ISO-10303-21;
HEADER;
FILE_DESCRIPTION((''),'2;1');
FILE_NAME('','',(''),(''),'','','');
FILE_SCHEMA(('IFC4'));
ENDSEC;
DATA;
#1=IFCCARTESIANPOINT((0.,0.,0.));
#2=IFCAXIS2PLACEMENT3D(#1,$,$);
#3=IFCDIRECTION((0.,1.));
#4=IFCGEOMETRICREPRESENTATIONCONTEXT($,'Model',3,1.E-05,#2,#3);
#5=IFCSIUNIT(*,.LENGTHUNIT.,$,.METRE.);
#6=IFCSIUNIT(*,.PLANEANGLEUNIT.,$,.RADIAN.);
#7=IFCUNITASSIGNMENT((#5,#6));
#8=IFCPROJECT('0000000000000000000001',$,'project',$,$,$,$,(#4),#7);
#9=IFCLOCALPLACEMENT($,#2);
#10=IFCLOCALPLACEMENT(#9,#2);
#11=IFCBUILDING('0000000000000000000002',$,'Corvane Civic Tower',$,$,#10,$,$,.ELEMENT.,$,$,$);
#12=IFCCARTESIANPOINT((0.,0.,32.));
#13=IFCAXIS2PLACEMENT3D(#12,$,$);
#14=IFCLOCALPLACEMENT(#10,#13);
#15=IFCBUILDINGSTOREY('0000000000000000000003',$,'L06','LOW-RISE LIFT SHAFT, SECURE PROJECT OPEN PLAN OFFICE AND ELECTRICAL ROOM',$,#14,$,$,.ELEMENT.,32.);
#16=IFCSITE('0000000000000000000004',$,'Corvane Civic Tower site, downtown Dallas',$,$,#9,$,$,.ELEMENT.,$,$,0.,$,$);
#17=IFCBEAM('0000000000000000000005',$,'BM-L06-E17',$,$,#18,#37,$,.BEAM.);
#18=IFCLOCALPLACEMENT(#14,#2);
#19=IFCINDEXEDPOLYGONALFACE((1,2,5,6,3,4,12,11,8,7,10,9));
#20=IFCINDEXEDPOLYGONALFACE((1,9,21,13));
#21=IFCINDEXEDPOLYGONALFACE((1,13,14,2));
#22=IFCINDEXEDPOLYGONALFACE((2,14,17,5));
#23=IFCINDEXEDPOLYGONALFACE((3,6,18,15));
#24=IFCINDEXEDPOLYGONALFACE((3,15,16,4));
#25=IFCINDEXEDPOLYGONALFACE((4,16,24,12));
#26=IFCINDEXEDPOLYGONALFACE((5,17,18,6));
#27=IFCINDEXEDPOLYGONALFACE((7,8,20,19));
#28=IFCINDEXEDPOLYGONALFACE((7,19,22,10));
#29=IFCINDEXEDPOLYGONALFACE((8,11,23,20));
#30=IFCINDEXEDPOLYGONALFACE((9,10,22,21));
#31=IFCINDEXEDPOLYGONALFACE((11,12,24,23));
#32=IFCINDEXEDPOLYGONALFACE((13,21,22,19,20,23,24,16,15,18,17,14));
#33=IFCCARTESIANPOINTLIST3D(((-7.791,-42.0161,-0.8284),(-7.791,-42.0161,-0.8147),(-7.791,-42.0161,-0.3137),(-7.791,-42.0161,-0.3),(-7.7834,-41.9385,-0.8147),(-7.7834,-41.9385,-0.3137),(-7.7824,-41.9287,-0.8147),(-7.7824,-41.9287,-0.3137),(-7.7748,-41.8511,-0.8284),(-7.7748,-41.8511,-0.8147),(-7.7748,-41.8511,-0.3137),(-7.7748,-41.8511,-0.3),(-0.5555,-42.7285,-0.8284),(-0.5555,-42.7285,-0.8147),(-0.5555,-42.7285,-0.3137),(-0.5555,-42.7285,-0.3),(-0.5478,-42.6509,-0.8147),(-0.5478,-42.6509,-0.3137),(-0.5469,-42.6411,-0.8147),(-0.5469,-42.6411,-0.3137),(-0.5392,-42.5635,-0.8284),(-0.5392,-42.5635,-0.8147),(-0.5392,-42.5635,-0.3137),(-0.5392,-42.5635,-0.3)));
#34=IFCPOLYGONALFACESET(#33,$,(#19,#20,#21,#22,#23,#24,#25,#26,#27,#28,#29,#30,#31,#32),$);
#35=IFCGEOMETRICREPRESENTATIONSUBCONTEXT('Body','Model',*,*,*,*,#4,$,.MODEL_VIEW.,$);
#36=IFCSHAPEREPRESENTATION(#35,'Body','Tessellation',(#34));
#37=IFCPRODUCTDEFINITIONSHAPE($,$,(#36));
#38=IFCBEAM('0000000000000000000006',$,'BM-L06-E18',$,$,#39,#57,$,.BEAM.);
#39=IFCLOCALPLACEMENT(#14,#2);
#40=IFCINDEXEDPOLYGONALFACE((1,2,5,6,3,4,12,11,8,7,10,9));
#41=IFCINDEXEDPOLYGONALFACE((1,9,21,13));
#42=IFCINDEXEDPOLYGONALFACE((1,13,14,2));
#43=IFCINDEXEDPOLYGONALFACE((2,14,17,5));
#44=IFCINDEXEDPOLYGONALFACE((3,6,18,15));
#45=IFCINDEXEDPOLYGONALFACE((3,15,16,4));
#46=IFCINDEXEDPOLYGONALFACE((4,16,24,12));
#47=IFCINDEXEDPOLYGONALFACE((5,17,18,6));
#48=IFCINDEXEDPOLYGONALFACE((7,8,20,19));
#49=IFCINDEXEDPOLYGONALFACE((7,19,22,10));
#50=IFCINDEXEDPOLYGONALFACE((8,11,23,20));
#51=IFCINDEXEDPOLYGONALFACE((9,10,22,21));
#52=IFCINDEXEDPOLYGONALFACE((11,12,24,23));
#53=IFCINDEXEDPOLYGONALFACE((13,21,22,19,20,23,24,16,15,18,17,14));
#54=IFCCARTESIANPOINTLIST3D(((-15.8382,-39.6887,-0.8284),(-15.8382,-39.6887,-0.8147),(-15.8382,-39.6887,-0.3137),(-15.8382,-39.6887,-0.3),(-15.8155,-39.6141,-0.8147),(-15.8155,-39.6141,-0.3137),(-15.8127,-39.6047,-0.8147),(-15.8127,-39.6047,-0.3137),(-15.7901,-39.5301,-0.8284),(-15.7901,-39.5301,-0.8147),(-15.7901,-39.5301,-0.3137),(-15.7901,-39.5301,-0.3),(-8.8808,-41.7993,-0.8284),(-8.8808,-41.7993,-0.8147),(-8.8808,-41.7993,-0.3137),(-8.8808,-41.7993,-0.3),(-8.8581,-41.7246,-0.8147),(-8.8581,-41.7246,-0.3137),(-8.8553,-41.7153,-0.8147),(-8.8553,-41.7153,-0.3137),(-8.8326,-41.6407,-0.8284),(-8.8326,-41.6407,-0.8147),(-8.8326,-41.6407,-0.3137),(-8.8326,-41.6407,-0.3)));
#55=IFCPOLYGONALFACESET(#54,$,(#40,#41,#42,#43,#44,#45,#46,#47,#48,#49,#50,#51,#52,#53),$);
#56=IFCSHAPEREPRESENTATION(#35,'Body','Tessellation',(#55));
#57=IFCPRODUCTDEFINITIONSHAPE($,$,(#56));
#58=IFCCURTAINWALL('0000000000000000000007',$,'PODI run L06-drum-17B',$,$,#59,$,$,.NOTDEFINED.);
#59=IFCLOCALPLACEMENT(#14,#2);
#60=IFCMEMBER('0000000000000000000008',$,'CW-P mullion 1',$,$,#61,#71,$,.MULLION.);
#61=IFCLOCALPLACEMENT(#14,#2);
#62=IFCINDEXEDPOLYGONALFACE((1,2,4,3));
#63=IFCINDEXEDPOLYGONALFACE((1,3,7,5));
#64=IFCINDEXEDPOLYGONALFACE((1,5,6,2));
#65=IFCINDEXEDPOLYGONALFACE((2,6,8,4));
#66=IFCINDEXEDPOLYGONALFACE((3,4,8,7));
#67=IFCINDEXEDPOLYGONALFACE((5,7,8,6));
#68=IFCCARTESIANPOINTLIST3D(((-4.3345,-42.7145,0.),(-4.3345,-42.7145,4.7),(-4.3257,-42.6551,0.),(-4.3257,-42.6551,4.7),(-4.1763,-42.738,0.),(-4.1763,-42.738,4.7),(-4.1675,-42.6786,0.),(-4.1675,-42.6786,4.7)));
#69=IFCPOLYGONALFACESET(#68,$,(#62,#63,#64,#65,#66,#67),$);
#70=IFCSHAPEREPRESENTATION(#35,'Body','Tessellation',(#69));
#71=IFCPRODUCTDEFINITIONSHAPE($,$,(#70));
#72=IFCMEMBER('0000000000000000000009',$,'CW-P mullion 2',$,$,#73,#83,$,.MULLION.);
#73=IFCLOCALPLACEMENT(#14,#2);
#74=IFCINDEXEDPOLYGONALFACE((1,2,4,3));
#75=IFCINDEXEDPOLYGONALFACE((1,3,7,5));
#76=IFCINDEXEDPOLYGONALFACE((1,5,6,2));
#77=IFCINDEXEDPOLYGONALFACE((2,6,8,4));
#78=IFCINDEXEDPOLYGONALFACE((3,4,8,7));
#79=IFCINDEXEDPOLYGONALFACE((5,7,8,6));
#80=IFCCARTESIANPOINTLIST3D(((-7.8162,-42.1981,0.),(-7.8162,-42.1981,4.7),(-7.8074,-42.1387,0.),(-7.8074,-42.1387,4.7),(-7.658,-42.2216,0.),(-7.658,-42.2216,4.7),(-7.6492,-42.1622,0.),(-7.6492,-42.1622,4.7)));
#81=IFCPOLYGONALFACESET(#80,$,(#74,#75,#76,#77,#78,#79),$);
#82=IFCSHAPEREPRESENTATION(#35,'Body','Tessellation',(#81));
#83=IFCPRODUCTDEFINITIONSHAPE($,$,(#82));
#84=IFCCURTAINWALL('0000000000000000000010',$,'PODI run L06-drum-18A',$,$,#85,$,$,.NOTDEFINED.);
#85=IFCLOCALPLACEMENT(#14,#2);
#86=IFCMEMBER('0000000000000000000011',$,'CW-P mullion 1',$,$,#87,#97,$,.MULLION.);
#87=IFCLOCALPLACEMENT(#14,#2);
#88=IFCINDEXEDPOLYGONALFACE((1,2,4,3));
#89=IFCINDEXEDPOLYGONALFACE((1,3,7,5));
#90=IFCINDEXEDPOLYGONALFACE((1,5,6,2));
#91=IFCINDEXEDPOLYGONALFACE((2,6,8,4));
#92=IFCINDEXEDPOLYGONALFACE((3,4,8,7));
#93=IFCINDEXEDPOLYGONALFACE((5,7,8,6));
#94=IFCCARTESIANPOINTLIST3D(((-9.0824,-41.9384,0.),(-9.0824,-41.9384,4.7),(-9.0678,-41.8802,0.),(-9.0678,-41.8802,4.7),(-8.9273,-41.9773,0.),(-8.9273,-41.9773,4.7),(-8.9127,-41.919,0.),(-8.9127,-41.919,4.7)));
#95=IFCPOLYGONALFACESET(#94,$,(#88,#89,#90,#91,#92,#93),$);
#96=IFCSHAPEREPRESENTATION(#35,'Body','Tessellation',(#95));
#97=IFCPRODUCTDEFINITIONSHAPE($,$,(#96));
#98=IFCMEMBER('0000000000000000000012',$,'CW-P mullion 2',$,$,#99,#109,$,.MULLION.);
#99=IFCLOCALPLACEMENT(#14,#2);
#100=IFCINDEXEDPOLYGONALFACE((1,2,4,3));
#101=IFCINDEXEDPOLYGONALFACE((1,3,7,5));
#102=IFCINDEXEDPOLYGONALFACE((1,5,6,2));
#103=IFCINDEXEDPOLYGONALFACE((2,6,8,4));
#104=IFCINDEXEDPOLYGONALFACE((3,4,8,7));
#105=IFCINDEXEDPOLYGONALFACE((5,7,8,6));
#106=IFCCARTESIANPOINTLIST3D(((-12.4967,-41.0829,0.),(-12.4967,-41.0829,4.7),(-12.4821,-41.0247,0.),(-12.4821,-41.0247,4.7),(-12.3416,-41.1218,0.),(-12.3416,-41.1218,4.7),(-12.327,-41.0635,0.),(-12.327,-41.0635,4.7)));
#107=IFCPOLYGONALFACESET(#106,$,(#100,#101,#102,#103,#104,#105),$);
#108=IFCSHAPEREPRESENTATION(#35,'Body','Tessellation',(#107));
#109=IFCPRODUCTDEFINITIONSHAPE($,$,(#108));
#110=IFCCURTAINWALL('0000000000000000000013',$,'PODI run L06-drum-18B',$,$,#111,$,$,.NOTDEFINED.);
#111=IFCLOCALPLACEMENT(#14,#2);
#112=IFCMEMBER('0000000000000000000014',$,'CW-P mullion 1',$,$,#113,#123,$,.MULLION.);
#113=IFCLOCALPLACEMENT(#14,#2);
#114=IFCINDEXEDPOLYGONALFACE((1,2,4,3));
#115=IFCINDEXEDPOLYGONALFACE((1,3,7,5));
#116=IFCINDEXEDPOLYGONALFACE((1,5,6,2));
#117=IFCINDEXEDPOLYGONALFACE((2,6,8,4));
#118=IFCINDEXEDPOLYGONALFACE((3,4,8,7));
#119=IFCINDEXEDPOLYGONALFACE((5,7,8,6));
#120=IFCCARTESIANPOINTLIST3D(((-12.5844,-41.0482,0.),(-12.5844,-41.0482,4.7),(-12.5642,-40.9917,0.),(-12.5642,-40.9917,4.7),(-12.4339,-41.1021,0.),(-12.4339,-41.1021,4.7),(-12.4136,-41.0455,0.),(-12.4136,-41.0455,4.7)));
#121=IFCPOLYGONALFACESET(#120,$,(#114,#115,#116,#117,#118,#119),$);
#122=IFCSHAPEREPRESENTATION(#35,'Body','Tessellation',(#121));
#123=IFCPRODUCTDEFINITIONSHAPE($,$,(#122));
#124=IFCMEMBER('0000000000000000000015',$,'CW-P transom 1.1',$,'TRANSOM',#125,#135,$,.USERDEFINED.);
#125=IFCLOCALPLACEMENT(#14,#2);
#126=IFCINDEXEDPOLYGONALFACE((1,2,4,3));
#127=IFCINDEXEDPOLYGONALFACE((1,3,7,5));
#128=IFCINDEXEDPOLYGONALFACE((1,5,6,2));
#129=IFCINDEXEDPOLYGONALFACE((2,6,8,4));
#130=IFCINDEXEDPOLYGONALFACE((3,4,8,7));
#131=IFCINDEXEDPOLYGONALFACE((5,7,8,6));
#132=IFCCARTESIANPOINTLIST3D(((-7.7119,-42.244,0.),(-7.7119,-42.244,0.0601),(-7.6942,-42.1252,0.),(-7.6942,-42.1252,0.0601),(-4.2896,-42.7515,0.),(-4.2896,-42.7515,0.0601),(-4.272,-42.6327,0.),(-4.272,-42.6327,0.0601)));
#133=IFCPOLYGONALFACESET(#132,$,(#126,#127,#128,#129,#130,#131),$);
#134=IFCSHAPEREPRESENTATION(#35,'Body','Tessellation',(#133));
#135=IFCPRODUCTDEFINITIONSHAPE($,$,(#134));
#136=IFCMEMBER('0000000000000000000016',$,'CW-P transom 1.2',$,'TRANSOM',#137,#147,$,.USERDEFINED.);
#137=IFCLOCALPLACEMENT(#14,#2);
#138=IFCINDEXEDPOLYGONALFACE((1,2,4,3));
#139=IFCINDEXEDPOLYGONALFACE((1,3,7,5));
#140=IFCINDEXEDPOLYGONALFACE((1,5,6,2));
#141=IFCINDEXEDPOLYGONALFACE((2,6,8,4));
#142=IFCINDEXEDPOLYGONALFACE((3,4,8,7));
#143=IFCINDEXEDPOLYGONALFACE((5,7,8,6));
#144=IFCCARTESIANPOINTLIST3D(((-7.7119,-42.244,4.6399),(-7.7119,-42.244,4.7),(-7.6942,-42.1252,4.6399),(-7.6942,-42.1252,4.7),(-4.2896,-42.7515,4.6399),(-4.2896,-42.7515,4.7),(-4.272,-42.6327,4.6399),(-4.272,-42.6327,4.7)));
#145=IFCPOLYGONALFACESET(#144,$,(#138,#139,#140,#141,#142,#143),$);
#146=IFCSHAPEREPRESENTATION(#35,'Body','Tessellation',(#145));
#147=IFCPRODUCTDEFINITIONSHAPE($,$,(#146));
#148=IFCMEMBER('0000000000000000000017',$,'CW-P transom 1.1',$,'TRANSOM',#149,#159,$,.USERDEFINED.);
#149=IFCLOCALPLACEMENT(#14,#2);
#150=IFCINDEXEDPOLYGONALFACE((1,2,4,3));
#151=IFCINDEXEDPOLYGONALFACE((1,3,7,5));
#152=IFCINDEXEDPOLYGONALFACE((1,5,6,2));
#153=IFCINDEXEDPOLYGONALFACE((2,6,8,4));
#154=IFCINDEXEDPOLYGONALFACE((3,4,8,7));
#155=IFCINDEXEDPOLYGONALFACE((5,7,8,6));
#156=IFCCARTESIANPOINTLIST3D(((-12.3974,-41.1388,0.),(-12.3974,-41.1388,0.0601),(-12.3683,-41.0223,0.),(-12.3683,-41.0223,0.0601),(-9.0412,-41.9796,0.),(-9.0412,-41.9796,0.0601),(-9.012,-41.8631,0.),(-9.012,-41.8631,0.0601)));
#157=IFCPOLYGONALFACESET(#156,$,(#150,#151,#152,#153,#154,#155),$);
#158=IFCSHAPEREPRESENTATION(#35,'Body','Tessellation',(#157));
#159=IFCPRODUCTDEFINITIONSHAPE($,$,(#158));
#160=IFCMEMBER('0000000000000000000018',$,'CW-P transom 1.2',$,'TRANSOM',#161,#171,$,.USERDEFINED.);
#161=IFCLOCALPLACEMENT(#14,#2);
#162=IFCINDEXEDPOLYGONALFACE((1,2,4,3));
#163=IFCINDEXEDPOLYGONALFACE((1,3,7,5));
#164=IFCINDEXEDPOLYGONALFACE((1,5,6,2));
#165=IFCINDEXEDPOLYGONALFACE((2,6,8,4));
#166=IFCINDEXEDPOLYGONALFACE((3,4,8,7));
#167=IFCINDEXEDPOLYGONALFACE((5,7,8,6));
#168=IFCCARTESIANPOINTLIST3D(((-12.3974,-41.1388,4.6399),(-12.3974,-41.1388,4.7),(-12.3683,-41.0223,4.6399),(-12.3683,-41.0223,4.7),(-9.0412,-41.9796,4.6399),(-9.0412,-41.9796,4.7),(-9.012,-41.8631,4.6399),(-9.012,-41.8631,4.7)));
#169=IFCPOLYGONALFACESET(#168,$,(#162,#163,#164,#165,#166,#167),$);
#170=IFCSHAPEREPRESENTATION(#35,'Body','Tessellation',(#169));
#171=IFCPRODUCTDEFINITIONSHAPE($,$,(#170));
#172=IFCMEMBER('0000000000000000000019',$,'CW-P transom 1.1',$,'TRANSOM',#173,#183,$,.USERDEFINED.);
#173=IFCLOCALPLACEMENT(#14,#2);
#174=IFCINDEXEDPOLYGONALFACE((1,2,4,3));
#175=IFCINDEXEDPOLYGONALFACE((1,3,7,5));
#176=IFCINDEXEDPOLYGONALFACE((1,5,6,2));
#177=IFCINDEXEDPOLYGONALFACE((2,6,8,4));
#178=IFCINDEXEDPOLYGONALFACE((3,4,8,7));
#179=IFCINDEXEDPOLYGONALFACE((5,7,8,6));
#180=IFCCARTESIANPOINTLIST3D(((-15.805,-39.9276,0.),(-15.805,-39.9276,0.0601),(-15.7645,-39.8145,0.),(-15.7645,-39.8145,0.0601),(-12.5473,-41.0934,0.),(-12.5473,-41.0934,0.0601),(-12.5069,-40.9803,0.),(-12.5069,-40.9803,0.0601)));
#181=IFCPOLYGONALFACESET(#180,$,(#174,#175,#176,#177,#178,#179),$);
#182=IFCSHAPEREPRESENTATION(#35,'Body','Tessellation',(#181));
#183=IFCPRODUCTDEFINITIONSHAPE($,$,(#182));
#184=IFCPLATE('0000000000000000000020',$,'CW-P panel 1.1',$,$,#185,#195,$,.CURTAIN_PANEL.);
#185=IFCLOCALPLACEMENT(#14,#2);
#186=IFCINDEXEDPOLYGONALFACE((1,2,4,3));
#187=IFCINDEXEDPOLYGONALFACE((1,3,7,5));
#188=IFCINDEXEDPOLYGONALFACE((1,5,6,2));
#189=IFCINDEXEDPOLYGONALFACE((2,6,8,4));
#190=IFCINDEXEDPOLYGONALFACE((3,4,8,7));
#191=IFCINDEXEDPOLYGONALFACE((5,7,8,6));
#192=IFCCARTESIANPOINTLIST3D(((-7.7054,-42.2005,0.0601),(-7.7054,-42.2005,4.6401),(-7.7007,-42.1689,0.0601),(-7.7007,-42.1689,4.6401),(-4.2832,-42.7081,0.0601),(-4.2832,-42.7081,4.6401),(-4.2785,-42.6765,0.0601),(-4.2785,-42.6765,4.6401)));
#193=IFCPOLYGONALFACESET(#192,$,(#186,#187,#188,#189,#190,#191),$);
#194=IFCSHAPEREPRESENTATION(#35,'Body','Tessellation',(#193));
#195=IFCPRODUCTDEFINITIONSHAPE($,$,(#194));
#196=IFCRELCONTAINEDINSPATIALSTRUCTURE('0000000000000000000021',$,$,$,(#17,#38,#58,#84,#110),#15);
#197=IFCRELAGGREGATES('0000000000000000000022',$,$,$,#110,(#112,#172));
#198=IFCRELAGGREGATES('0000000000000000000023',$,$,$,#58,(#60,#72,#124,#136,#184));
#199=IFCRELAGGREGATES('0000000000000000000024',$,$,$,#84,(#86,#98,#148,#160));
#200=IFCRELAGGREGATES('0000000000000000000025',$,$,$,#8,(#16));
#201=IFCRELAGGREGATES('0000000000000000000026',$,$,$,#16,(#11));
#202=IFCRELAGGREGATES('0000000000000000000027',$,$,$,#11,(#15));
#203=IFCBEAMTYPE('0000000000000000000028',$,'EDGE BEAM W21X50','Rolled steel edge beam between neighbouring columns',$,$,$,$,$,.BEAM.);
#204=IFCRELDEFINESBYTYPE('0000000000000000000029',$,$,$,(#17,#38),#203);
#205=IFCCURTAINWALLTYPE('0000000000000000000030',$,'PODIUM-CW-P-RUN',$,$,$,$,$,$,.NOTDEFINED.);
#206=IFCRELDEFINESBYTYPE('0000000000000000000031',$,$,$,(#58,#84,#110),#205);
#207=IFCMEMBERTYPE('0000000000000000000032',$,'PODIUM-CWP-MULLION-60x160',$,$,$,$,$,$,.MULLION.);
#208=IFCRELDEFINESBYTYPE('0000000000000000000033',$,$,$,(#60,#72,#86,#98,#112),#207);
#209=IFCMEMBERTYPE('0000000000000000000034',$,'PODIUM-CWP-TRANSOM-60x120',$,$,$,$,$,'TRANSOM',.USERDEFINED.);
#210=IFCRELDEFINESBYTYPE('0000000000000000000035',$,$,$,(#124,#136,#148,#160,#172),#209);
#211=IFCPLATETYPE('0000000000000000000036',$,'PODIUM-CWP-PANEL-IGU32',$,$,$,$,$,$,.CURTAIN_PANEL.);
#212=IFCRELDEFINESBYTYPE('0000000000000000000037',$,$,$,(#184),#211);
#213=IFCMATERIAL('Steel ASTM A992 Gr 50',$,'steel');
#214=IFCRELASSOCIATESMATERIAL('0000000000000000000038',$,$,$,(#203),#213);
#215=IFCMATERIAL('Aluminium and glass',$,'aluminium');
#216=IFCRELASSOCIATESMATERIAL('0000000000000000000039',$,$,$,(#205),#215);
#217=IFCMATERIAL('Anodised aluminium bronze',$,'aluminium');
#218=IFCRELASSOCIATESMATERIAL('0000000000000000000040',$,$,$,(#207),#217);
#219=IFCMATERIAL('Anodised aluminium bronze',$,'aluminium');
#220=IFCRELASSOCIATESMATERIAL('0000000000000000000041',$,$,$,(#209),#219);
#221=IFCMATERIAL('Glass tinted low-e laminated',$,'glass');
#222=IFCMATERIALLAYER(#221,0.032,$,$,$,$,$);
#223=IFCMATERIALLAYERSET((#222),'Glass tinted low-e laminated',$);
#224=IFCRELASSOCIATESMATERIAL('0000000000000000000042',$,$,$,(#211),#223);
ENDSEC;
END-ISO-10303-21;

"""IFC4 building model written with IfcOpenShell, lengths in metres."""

from ifc_helpers import new_model, si_unit, direction, frame, origin, origin_2d, place, context, subcontext, project, spatial, rectangle, i_section, extrude, material, layer, layer_set, material_profile, profile_set, type_object, element, aggregate, save


model = new_model("IFC4")

# Units and contexts
model_context = context("Model", 3, precision=1e-05, world=origin(), true_north=direction((0.0, 1.0)))
body_context = subcontext(model_context, "Body", "Model", "MODEL_VIEW")
ifc_project = project(units=[si_unit("LENGTHUNIT", "METRE"), si_unit("PLANEANGLEUNIT", "RADIAN")], contexts=[model_context])

# Site, building, storey
site_placement = place(None, origin())
site = spatial("IfcSite", under=ifc_project, at=site_placement, Name="Corvane Civic Tower site, downtown Dallas", CompositionType="ELEMENT", RefElevation=0.0)
building_placement = place(site_placement, origin())
building = spatial("IfcBuilding", under=site, at=building_placement, Name="Corvane Civic Tower", CompositionType="ELEMENT")
storey_placement = place(building_placement, frame((0.0, 0.0, 32.0)))
storey = spatial("IfcBuildingStorey", under=building, at=storey_placement, Name="L06", Description="LOW-RISE LIFT SHAFT, SECURE PROJECT OPEN PLAN OFFICE AND ELECTRICAL ROOM", CompositionType="ELEMENT", Elevation=32.0)

# Beams
ifc_material_1 = material(Name="Steel ASTM A992 Gr 50", Category="steel")
ifc_material_profile_1 = material_profile(ifc_material_1, i_section(OverallWidth=0.1658, OverallDepth=0.5283, WebThickness=0.0098, FlangeThickness=0.0137, at=origin_2d()), Name="W21X50")
ifc_profile_set_1 = profile_set([ifc_material_profile_1], Name="Steel ASTM A992 Gr 50")
beam_type = type_object("IfcBeamType", Name="EDGE BEAM W21X50", Description="Rolled steel edge beam between neighbouring columns", PredefinedType="BEAM", material=ifc_profile_set_1)
for number, where, z_axis, x_axis, name in (
    (1, (-0.5474, -42.646, -0.5642), (-0.995188, 0.097984, 0.0), (-0.097984, -0.995188, 0.0), "BM-L06-E17"),
    (2, (-8.8567, -41.72, -0.5642), (-0.956938, 0.290292, 0.0), (-0.290292, -0.956938, 0.0), "BM-L06-E18"),
):
    element("IfcBeam", number, at=place(storey_placement, frame(where, z_axis=z_axis, x_axis=x_axis)), inside=storey, type_object=beam_type, Name=name, PredefinedType="BEAM", context=body_context, shape_type="SweptSolid", body=[
        extrude(i_section(OverallWidth=0.1658, OverallDepth=0.5283, WebThickness=0.0098, FlangeThickness=0.0137, at=origin_2d()), origin(), (0.0, 0.0, 1.0), 7.2705),
    ])

# Curtain walls, members
ifc_material_2 = material(Name="Aluminium and glass", Category="aluminium")
curtain_wall_type = type_object("IfcCurtainWallType", Name="PODIUM-CW-P-RUN", PredefinedType="NOTDEFINED", material=ifc_material_2)
curtain_wall_1_placement = place(storey_placement, origin())
curtain_wall_1 = element("IfcCurtainWall", 3, at=curtain_wall_1_placement, inside=storey, type_object=curtain_wall_type, Name="PODI run L06-drum-17B", PredefinedType="NOTDEFINED")
ifc_material_3 = material(Name="Anodised aluminium bronze", Category="aluminium")
ifc_material_profile_2 = material_profile(ifc_material_3, rectangle(XDim=0.0601, YDim=0.1599, at=origin_2d()), Name="AL 60x160")
ifc_profile_set_2 = profile_set([ifc_material_profile_2], Name="Anodised aluminium bronze")
member_type_1 = type_object("IfcMemberType", Name="PODIUM-CWP-MULLION-60x160", PredefinedType="MULLION", material=ifc_profile_set_2)
member_1_placement = place(storey_placement, frame((-4.251, -42.6965, 0.0), z_axis=(0.0, 0.0, 1.0), x_axis=(-0.146715, -0.989179, 0.0)))
member_1 = element("IfcMember", 4, at=member_1_placement, type_object=member_type_1, Name="CW-P mullion 1", PredefinedType="MULLION", context=body_context, shape_type="SweptSolid", body=[
    extrude(rectangle(XDim=0.0601, YDim=0.1599, at=origin_2d()), origin(), (0.0, 0.0, 1.0), 4.7),
])
member_2_placement = place(storey_placement, frame((-7.7327, -42.1802, 0.0), z_axis=(0.0, 0.0, 1.0), x_axis=(-0.146715, -0.989179, 0.0)))
member_2 = element("IfcMember", 5, at=member_2_placement, type_object=member_type_1, Name="CW-P mullion 2", PredefinedType="MULLION", context=body_context, shape_type="SweptSolid", body=[
    extrude(rectangle(XDim=0.0601, YDim=0.1599, at=origin_2d()), origin(), (0.0, 0.0, 1.0), 4.7),
])
curtain_wall_2_placement = place(storey_placement, origin())
curtain_wall_2 = element("IfcCurtainWall", 6, at=curtain_wall_2_placement, inside=storey, type_object=curtain_wall_type, Name="PODI run L06-drum-18A", PredefinedType="NOTDEFINED")
member_3_placement = place(storey_placement, frame((-8.9976, -41.9287, 0.0), z_axis=(0.0, 0.0, 1.0), x_axis=(-0.243009, -0.970024, 0.0)))
member_3 = element("IfcMember", 7, at=member_3_placement, type_object=member_type_1, Name="CW-P mullion 1", PredefinedType="MULLION", context=body_context, shape_type="SweptSolid", body=[
    extrude(rectangle(XDim=0.0601, YDim=0.1599, at=origin_2d()), origin(), (0.0, 0.0, 1.0), 4.7),
])
member_4_placement = place(storey_placement, frame((-12.4119, -41.0732, 0.0), z_axis=(0.0, 0.0, 1.0), x_axis=(-0.243009, -0.970024, 0.0)))
member_4 = element("IfcMember", 8, at=member_4_placement, type_object=member_type_1, Name="CW-P mullion 2", PredefinedType="MULLION", context=body_context, shape_type="SweptSolid", body=[
    extrude(rectangle(XDim=0.0601, YDim=0.1599, at=origin_2d()), origin(), (0.0, 0.0, 1.0), 4.7),
])

# Curtain wall, member
curtain_wall_3_placement = place(storey_placement, origin())
curtain_wall_3 = element("IfcCurtainWall", 9, at=curtain_wall_3_placement, inside=storey, type_object=curtain_wall_type, Name="PODI run L06-drum-18B", PredefinedType="NOTDEFINED")
member_5_placement = place(storey_placement, frame((-12.499, -41.0469, 0.0), z_axis=(0.0, 0.0, 1.0), x_axis=(-0.336919, -0.941534, 0.0)))
member_5 = element("IfcMember", 10, at=member_5_placement, type_object=member_type_1, Name="CW-P mullion 1", PredefinedType="MULLION", context=body_context, shape_type="SweptSolid", body=[
    extrude(rectangle(XDim=0.0601, YDim=0.1599, at=origin_2d()), origin(), (0.0, 0.0, 1.0), 4.7),
])

# Members
ifc_material_4 = material(Name="Anodised aluminium bronze", Category="aluminium")
ifc_material_profile_3 = material_profile(ifc_material_4, rectangle(XDim=0.1201, YDim=0.0601, at=origin_2d()), Name="AL 120x60")
ifc_profile_set_3 = profile_set([ifc_material_profile_3], Name="Anodised aluminium bronze")
member_type_2 = type_object("IfcMemberType", Name="PODIUM-CWP-TRANSOM-60x120", ElementType="TRANSOM", PredefinedType="USERDEFINED", material=ifc_profile_set_3)
member_6_placement = place(storey_placement, frame((-4.2808, -42.6921, 0.03), z_axis=(-0.98918, 0.146705, 0.0), x_axis=(-0.146705, -0.98918, 0.0)))
member_6 = element("IfcMember", 11, at=member_6_placement, type_object=member_type_2, Name="CW-P transom 1.1", ObjectType="TRANSOM", PredefinedType="USERDEFINED", context=body_context, shape_type="SweptSolid", body=[
    extrude(rectangle(XDim=0.1201, YDim=0.0601, at=origin_2d()), origin(), (0.0, 0.0, 1.0), 3.4597),
])
member_7_placement = place(storey_placement, frame((-4.2808, -42.6921, 4.6699), z_axis=(-0.98918, 0.146705, 0.0), x_axis=(-0.146705, -0.98918, 0.0)))
member_7 = element("IfcMember", 12, at=member_7_placement, type_object=member_type_2, Name="CW-P transom 1.2", ObjectType="TRANSOM", PredefinedType="USERDEFINED", context=body_context, shape_type="SweptSolid", body=[
    extrude(rectangle(XDim=0.1201, YDim=0.0601, at=origin_2d()), origin(), (0.0, 0.0, 1.0), 3.4597),
])
member_8_placement = place(storey_placement, frame((-9.0266, -41.9214, 0.03), z_axis=(-0.970022, 0.243017, 0.0), x_axis=(-0.243017, -0.970022, 0.0)))
member_8 = element("IfcMember", 13, at=member_8_placement, type_object=member_type_2, Name="CW-P transom 1.1", ObjectType="TRANSOM", PredefinedType="USERDEFINED", context=body_context, shape_type="SweptSolid", body=[
    extrude(rectangle(XDim=0.1201, YDim=0.0601, at=origin_2d()), origin(), (0.0, 0.0, 1.0), 3.46),
])
member_9_placement = place(storey_placement, frame((-9.0266, -41.9214, 4.6699), z_axis=(-0.970022, 0.243017, 0.0), x_axis=(-0.243017, -0.970022, 0.0)))
member_9 = element("IfcMember", 14, at=member_9_placement, type_object=member_type_2, Name="CW-P transom 1.2", ObjectType="TRANSOM", PredefinedType="USERDEFINED", context=body_context, shape_type="SweptSolid", body=[
    extrude(rectangle(XDim=0.1201, YDim=0.0601, at=origin_2d()), origin(), (0.0, 0.0, 1.0), 3.46),
])
member_10_placement = place(storey_placement, frame((-12.5271, -41.0369, 0.03), z_axis=(-0.941526, 0.33694, 0.0), x_axis=(-0.33694, -0.941526, 0.0)))
member_10 = element("IfcMember", 15, at=member_10_placement, type_object=member_type_2, Name="CW-P transom 1.1", ObjectType="TRANSOM", PredefinedType="USERDEFINED", context=body_context, shape_type="SweptSolid", body=[
    extrude(rectangle(XDim=0.1201, YDim=0.0601, at=origin_2d()), origin(), (0.0, 0.0, 1.0), 3.46),
])
aggregate(curtain_wall_3, [member_5, member_10])

# Plate
ifc_material_5 = material(Name="Glass tinted low-e laminated", Category="glass")
ifc_layer_1 = layer(ifc_material_5, 0.032)
ifc_layer_set_1 = layer_set([ifc_layer_1], Name="Glass tinted low-e laminated")
plate_type = type_object("IfcPlateType", Name="PODIUM-CWP-PANEL-IGU32", PredefinedType="CURTAIN_PANEL", material=ifc_layer_set_1)
plate_1_placement = place(storey_placement, frame((-5.9919, -42.4385, 0.0601), z_axis=(0.0, 0.0, 1.0), x_axis=(-0.989179, 0.146715, 0.0)))
plate_1 = element("IfcPlate", 16, at=plate_1_placement, type_object=plate_type, Name="CW-P panel 1.1", PredefinedType="CURTAIN_PANEL", context=body_context, shape_type="SweptSolid", body=[
    extrude(rectangle(XDim=3.4597, YDim=0.032, at=origin_2d()), origin(), (0.0, 0.0, 1.0), 4.5801),
])
aggregate(curtain_wall_1, [member_1, member_2, member_6, member_7, plate_1])
aggregate(curtain_wall_2, [member_3, member_4, member_8, member_9])

save(model, "model.ifc")
